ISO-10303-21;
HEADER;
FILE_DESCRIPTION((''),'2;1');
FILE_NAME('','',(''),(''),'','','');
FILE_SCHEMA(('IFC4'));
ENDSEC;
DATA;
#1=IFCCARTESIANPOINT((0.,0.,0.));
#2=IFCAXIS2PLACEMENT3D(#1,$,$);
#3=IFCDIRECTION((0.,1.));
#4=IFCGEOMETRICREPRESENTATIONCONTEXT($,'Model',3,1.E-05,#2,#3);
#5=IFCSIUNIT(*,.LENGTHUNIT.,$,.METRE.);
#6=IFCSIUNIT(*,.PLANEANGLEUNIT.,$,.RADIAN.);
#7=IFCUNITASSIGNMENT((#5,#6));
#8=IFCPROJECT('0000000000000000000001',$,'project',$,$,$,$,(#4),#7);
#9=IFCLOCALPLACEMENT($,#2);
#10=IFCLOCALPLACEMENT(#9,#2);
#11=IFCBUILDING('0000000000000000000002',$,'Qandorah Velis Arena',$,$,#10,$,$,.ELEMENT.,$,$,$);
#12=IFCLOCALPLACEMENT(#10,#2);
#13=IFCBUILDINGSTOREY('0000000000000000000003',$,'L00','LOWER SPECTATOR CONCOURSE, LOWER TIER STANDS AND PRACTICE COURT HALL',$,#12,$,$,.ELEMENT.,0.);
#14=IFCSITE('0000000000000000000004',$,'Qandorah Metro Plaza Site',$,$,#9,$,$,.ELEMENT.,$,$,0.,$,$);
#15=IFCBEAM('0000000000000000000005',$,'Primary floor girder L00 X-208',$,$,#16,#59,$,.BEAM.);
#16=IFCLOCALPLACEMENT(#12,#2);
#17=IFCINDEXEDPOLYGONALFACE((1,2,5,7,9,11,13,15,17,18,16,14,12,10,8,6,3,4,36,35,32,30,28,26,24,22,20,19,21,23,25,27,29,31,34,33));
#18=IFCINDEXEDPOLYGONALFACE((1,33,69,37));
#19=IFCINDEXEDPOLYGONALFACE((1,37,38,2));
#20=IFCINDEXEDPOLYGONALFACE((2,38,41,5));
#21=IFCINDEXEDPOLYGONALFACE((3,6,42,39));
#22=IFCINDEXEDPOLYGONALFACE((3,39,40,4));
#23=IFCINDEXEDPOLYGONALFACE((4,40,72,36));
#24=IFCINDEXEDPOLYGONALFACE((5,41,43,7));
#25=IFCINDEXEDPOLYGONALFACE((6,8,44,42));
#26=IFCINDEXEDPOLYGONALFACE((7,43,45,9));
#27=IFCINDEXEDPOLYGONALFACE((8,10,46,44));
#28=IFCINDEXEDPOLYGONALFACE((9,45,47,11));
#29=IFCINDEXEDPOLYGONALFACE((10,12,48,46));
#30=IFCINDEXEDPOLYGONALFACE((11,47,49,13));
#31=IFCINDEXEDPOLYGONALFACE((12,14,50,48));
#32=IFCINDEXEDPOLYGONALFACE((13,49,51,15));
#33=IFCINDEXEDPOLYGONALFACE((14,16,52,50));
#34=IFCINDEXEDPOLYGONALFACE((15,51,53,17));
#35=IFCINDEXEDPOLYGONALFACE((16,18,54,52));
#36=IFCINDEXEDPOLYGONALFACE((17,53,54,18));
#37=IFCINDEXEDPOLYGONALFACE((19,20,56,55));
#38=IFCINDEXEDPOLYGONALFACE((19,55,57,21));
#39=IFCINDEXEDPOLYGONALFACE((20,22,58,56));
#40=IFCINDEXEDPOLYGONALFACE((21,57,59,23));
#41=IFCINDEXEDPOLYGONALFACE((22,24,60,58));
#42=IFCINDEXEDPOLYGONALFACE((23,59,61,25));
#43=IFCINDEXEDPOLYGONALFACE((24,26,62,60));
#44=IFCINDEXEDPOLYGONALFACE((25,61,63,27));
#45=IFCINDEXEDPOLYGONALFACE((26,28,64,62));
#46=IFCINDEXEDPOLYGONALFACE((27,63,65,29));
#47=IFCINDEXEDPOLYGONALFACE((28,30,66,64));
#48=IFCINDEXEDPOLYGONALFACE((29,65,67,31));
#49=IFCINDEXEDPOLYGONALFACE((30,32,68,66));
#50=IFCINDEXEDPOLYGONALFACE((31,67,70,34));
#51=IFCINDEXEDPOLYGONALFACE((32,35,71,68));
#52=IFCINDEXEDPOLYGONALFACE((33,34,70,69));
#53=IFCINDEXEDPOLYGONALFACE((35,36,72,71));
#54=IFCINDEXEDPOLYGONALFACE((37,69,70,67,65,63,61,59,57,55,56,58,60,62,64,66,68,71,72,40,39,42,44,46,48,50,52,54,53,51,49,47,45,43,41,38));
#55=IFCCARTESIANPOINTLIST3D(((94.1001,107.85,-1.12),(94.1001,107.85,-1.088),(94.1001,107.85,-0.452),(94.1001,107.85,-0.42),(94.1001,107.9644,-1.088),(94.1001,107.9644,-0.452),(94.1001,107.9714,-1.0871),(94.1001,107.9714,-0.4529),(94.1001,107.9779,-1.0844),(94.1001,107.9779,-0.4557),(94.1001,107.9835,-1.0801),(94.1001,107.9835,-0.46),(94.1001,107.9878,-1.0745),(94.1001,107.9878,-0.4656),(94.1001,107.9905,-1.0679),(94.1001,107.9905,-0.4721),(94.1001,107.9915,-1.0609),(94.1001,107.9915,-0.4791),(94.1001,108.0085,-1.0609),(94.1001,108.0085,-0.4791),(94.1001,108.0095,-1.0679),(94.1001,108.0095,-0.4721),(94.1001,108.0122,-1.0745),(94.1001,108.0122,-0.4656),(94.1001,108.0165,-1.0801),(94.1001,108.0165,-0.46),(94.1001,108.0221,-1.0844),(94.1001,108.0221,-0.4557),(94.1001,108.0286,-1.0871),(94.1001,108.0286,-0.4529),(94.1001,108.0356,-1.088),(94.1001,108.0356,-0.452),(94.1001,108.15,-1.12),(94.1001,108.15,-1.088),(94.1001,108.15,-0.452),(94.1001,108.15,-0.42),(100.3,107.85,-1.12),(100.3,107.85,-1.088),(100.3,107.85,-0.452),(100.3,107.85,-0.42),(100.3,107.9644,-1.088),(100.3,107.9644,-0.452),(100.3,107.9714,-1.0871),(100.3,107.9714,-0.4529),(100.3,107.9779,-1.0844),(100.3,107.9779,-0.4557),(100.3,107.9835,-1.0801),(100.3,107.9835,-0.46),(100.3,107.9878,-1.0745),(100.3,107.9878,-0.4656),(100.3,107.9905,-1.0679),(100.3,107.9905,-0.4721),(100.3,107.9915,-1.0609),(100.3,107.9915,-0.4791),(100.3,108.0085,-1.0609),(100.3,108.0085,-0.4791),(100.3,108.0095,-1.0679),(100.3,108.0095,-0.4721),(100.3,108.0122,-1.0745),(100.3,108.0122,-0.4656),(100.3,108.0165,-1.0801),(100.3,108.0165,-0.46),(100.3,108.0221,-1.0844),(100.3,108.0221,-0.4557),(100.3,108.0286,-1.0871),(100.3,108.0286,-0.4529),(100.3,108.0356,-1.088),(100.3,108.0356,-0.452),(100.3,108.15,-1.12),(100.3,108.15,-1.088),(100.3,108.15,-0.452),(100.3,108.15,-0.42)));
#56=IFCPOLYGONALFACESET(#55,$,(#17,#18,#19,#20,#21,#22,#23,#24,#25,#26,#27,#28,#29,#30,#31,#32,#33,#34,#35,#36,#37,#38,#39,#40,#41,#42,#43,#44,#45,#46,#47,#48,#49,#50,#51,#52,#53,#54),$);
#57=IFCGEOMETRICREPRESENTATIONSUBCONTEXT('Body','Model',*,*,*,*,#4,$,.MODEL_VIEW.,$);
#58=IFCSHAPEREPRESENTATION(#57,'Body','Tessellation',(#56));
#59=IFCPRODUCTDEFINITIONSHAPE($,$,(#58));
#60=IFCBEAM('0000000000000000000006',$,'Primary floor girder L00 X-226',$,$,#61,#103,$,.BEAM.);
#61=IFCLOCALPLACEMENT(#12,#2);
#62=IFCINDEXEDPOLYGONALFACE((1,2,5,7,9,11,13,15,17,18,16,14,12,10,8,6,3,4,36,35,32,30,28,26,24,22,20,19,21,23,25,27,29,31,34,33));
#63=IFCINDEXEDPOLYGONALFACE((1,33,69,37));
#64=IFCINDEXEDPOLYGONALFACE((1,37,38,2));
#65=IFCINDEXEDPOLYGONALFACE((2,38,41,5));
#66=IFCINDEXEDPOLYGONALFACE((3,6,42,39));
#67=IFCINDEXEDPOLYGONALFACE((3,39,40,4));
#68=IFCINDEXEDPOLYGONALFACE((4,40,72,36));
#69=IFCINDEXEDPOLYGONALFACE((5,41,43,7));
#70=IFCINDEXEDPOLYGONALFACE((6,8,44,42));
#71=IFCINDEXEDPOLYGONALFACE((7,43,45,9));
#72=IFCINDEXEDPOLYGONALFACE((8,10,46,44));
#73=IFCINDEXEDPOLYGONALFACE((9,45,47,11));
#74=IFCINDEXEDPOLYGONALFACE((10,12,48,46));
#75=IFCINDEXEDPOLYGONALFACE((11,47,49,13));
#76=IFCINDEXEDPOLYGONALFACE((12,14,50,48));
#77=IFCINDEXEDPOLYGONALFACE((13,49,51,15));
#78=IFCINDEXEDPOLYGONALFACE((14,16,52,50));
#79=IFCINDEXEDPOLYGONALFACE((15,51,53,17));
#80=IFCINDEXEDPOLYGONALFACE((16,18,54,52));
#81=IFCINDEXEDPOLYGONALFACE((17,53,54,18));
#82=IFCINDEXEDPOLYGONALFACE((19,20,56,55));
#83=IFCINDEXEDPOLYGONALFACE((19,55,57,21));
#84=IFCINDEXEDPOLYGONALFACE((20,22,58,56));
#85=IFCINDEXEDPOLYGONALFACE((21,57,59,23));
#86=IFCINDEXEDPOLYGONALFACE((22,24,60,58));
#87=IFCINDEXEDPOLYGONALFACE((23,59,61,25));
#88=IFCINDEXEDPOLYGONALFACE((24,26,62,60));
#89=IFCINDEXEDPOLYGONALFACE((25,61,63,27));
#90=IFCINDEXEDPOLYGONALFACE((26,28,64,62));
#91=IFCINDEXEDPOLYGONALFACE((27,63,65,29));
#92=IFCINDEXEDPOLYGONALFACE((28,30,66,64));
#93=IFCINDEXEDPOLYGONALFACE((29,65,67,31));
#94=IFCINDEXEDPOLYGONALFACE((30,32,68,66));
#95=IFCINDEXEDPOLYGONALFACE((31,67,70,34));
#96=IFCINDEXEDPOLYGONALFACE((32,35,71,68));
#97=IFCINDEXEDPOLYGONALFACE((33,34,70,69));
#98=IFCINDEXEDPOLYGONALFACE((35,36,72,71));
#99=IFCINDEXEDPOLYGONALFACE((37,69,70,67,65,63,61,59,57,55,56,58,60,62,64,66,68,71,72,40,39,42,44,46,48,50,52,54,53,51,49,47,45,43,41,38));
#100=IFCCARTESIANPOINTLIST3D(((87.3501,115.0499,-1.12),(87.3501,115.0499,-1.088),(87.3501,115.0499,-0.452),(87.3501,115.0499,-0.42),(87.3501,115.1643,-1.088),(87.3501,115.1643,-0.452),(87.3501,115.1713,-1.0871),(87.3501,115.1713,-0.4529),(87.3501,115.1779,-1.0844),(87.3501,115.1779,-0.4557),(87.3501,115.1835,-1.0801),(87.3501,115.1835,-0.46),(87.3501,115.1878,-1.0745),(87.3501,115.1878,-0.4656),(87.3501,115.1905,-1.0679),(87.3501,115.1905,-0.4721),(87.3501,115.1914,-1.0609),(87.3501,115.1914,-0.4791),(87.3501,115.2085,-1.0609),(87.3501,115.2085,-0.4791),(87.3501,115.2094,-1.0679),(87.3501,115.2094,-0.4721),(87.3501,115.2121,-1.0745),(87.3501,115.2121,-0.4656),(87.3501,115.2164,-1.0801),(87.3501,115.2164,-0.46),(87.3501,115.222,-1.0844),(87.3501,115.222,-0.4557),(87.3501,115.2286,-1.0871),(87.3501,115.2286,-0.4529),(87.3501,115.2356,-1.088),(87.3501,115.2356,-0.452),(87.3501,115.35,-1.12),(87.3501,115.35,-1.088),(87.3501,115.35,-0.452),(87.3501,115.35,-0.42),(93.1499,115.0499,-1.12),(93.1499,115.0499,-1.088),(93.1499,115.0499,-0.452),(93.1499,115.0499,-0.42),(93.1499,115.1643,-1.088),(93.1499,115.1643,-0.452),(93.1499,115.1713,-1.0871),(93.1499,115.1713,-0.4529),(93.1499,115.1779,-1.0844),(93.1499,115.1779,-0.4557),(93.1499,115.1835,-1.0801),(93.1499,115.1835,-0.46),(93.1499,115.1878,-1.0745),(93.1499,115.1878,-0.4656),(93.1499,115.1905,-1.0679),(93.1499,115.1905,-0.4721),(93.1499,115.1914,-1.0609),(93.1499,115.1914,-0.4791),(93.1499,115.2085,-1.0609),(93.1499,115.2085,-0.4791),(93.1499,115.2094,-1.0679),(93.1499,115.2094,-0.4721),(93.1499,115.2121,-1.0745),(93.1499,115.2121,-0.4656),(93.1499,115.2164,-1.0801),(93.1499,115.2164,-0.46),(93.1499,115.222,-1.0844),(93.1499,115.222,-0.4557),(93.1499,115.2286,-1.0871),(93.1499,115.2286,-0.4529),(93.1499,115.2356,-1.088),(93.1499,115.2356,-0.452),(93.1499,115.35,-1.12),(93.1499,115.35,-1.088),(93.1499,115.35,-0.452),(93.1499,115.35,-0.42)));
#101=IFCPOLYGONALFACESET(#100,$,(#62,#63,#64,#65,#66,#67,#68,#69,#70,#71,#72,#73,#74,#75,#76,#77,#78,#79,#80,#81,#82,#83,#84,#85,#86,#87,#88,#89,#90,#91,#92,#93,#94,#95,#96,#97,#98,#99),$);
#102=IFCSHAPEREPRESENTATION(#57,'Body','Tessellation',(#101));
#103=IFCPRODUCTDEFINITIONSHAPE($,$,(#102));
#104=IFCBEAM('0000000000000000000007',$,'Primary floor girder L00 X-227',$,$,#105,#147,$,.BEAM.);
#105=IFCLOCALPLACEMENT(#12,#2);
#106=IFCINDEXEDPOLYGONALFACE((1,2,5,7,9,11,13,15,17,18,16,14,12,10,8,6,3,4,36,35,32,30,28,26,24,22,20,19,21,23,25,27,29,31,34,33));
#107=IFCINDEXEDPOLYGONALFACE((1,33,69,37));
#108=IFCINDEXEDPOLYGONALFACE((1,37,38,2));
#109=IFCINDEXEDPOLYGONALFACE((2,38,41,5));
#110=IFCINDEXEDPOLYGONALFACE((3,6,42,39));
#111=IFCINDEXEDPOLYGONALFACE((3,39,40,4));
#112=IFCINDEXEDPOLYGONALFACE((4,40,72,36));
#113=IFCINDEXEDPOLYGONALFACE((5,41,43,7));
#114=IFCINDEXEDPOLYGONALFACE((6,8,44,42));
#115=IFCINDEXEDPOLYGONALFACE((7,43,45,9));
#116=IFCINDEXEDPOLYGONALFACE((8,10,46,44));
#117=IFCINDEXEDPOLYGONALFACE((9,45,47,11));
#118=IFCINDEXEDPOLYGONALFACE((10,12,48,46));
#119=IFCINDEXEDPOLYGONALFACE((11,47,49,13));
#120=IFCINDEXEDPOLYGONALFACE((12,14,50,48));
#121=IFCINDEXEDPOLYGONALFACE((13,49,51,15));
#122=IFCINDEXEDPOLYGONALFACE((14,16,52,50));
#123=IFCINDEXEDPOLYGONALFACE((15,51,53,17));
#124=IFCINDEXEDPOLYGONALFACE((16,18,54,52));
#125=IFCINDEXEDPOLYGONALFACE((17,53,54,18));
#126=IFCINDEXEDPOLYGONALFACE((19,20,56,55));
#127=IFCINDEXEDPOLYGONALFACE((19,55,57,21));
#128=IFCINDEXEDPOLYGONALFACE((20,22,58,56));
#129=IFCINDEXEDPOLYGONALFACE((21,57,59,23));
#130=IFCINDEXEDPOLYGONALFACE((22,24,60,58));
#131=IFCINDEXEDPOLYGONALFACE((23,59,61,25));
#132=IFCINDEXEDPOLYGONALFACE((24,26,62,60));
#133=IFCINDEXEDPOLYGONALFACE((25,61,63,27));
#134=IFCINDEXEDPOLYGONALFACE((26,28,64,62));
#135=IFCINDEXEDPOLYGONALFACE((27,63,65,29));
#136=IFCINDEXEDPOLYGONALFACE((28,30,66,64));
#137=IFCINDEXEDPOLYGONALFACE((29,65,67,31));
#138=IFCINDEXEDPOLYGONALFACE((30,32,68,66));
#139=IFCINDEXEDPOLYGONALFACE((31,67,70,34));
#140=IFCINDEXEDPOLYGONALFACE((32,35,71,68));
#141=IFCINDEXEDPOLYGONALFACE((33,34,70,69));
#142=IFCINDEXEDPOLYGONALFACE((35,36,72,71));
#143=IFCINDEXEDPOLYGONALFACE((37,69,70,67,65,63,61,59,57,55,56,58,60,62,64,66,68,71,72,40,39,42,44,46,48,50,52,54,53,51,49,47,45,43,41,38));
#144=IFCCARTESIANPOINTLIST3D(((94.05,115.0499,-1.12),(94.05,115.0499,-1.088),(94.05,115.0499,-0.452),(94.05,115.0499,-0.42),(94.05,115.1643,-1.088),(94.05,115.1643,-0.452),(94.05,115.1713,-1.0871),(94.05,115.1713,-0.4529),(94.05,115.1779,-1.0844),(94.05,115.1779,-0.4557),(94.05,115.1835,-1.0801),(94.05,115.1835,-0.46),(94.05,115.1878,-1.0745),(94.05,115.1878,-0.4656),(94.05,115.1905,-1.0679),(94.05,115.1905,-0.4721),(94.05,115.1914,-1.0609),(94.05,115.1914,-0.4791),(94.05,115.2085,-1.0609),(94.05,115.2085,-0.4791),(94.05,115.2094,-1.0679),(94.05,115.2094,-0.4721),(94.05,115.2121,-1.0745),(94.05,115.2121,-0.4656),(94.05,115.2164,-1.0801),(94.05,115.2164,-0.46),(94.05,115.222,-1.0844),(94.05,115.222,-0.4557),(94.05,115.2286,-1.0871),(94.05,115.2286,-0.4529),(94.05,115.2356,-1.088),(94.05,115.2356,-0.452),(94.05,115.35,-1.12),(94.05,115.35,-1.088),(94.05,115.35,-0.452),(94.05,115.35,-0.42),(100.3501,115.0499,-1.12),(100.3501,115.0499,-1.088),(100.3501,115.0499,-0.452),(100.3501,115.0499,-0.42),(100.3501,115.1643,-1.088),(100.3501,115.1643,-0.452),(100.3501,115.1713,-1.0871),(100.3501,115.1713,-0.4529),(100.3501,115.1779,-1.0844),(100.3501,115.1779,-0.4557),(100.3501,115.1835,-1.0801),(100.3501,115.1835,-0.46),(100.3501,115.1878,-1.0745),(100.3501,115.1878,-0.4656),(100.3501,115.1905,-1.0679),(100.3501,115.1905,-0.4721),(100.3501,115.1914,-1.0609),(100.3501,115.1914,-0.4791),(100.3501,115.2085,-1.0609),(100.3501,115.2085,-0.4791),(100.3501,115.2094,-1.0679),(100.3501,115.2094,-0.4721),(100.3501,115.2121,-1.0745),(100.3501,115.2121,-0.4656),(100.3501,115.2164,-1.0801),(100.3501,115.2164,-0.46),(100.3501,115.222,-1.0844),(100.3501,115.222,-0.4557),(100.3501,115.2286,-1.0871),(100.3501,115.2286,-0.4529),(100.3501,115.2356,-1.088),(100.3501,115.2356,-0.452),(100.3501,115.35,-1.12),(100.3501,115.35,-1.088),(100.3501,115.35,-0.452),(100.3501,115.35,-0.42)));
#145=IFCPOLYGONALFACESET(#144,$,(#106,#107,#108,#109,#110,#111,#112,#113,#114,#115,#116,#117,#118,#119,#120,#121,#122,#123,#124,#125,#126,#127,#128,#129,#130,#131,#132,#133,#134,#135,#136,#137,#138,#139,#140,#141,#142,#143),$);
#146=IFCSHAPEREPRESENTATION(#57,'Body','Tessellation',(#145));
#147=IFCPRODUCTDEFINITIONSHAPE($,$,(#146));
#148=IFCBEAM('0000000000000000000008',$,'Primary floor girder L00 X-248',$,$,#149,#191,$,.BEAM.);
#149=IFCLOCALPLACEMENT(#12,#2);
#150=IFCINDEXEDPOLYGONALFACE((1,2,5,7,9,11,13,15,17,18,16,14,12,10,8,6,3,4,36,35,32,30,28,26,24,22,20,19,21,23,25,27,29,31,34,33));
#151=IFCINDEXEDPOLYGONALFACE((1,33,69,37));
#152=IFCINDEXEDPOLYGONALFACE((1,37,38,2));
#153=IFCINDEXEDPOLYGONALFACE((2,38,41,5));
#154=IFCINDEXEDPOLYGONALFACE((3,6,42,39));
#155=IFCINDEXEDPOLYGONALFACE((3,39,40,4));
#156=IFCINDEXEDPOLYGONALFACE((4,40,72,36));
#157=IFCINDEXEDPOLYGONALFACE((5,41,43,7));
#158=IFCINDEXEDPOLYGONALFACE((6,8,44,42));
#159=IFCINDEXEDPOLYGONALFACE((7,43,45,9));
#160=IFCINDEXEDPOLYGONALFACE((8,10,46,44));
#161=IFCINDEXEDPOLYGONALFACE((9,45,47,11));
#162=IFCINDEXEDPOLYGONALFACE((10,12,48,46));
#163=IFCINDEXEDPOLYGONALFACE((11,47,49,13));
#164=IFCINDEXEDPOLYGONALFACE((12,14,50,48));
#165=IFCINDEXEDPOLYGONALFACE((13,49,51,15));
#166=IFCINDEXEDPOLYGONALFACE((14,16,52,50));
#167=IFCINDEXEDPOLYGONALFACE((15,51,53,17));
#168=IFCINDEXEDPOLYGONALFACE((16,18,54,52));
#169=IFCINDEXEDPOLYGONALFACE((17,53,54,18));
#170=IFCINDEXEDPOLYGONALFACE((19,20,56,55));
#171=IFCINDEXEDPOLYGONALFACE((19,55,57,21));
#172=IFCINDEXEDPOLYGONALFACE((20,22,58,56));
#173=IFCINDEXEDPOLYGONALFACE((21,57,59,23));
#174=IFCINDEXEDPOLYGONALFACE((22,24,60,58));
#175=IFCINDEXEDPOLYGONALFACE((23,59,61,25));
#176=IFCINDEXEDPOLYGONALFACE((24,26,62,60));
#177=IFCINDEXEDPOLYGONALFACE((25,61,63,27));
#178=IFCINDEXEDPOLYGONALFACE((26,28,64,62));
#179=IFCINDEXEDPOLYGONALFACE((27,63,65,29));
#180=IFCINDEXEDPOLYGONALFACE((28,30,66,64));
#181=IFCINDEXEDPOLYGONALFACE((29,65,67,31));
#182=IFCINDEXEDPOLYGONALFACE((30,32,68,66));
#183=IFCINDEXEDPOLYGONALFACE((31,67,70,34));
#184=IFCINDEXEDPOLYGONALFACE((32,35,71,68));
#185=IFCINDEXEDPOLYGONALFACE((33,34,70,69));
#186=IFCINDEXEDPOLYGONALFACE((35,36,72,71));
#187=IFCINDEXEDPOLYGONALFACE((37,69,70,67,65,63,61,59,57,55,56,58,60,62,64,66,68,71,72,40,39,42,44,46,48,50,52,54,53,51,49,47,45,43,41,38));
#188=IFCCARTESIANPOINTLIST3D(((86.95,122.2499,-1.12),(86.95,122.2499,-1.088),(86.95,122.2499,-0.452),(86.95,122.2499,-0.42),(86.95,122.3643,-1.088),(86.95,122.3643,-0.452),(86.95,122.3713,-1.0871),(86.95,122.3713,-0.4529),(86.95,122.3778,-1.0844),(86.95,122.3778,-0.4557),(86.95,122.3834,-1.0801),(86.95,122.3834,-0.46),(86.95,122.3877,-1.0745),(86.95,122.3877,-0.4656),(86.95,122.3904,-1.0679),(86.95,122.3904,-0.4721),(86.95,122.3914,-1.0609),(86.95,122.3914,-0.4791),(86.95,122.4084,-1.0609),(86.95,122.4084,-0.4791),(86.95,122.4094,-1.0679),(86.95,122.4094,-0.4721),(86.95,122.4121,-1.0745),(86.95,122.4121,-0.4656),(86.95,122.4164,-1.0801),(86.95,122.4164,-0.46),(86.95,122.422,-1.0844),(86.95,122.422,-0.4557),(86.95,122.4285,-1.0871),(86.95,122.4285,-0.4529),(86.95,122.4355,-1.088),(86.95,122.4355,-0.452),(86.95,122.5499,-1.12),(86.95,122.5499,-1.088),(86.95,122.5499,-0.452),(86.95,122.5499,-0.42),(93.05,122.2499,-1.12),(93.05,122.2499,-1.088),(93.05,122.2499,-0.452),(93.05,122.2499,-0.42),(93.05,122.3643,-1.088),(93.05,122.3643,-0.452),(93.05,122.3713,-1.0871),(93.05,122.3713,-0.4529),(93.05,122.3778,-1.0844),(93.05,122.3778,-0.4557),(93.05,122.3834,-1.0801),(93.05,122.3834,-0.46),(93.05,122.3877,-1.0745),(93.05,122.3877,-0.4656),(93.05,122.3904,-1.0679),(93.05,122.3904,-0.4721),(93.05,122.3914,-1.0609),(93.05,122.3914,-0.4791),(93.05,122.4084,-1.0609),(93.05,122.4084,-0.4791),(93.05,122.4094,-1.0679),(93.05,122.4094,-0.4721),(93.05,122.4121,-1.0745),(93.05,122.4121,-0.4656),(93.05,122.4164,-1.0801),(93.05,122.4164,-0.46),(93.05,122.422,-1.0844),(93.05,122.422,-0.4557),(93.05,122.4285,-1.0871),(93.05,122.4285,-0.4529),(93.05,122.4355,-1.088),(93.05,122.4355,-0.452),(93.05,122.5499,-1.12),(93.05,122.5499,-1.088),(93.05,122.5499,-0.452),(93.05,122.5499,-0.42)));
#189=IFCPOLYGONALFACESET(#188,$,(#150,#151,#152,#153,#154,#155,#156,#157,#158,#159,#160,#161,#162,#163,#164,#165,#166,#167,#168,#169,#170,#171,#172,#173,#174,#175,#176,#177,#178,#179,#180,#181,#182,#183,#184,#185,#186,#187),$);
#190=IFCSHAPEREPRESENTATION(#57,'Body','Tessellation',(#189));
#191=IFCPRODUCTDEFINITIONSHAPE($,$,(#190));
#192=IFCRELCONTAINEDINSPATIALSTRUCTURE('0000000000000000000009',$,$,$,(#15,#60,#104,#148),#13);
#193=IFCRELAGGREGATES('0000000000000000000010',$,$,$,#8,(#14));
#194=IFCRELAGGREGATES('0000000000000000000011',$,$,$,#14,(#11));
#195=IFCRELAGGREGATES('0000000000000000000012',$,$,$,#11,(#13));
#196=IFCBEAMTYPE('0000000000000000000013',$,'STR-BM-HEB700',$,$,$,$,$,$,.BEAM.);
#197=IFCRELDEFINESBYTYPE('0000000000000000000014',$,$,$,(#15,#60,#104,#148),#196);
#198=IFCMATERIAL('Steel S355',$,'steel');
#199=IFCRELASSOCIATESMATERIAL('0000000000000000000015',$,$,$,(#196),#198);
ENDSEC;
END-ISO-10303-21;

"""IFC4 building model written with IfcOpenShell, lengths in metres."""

from ifc_helpers import new_model, si_unit, direction, frame, origin, origin_2d, place, context, subcontext, project, spatial, i_section, extrude, material, material_profile, profile_set, type_object, element, save


model = new_model("IFC4")

# Units and contexts
model_context = context("Model", 3, precision=1e-05, world=origin(), true_north=direction((0.0, 1.0)))
body_context = subcontext(model_context, "Body", "Model", "MODEL_VIEW")
ifc_project = project(units=[si_unit("LENGTHUNIT", "METRE"), si_unit("PLANEANGLEUNIT", "RADIAN")], contexts=[model_context])

# Site, building, storey
site_placement = place(None, origin())
site = spatial("IfcSite", under=ifc_project, at=site_placement, Name="Qandorah Metro Plaza Site", CompositionType="ELEMENT", RefElevation=0.0)
building_placement = place(site_placement, origin())
building = spatial("IfcBuilding", under=site, at=building_placement, Name="Qandorah Velis Arena", CompositionType="ELEMENT")
storey_placement = place(building_placement, origin())
storey = spatial("IfcBuildingStorey", under=building, at=storey_placement, Name="L00", Description="LOWER SPECTATOR CONCOURSE, LOWER TIER STANDS AND PRACTICE COURT HALL", CompositionType="ELEMENT", Elevation=0.0)

# Beams
ifc_material_1 = material(Name="Steel S355", Category="steel")
ifc_material_profile_1 = material_profile(ifc_material_1, i_section(OverallWidth=0.3, OverallDepth=0.7, WebThickness=0.0171, FlangeThickness=0.032, FilletRadius=0.0271, at=origin_2d()), Name="HEB 700")
ifc_profile_set_1 = profile_set([ifc_material_profile_1], Name="Steel S355")
beam_type_1 = type_object("IfcBeamType", Name="STR-BM-HEB700", PredefinedType="BEAM", material=ifc_profile_set_1)
beam_1_placement = place(storey_placement, frame((94.1001, 108.0, -0.77), z_axis=(1.0, 0.0, 0.0), x_axis=(0.0, 1.0, 0.0)))
element("IfcBeam", 1, at=beam_1_placement, inside=storey, type_object=beam_type_1, Name="Primary floor girder L00 X-208", PredefinedType="BEAM", context=body_context, shape_type="SweptSolid", body=[
    extrude(i_section(OverallWidth=0.3, OverallDepth=0.7, WebThickness=0.0171, FlangeThickness=0.032, FilletRadius=0.0271, at=origin_2d()), origin(), (0.0, 0.0, 1.0), 6.2),
])
beam_2_placement = place(storey_placement, frame((87.3501, 115.2, -0.77), z_axis=(1.0, 0.0, 0.0), x_axis=(0.0, 1.0, 0.0)))
element("IfcBeam", 2, at=beam_2_placement, inside=storey, type_object=beam_type_1, Name="Primary floor girder L00 X-226", PredefinedType="BEAM", context=body_context, shape_type="SweptSolid", body=[
    extrude(i_section(OverallWidth=0.3, OverallDepth=0.7, WebThickness=0.0171, FlangeThickness=0.032, FilletRadius=0.0271, at=origin_2d()), origin(), (0.0, 0.0, 1.0), 5.7998),
])
beam_3_placement = place(storey_placement, frame((94.05, 115.2, -0.77), z_axis=(1.0, 0.0, 0.0), x_axis=(0.0, 1.0, 0.0)))
element("IfcBeam", 3, at=beam_3_placement, inside=storey, type_object=beam_type_1, Name="Primary floor girder L00 X-227", PredefinedType="BEAM", context=body_context, shape_type="SweptSolid", body=[
    extrude(i_section(OverallWidth=0.3, OverallDepth=0.7, WebThickness=0.0171, FlangeThickness=0.032, FilletRadius=0.0271, at=origin_2d()), origin(), (0.0, 0.0, 1.0), 6.3),
])
for number, where, z_axis, x_axis, name in (
    (4, (86.95, 122.3999, -0.77), (1.0, 0.0, 0.0), (0.0, 1.0, 0.0), "Primary floor girder L00 X-248"),
):
    element("IfcBeam", number, at=place(storey_placement, frame(where, z_axis=z_axis, x_axis=x_axis)), inside=storey, type_object=beam_type_1, Name=name, PredefinedType="BEAM", context=body_context, shape_type="SweptSolid", body=[
        extrude(i_section(OverallWidth=0.3, OverallDepth=0.7, WebThickness=0.0171, FlangeThickness=0.032, FilletRadius=0.0271, at=origin_2d()), origin(), (0.0, 0.0, 1.0), 6.1001),
    ])

save(model, "model.ifc")
